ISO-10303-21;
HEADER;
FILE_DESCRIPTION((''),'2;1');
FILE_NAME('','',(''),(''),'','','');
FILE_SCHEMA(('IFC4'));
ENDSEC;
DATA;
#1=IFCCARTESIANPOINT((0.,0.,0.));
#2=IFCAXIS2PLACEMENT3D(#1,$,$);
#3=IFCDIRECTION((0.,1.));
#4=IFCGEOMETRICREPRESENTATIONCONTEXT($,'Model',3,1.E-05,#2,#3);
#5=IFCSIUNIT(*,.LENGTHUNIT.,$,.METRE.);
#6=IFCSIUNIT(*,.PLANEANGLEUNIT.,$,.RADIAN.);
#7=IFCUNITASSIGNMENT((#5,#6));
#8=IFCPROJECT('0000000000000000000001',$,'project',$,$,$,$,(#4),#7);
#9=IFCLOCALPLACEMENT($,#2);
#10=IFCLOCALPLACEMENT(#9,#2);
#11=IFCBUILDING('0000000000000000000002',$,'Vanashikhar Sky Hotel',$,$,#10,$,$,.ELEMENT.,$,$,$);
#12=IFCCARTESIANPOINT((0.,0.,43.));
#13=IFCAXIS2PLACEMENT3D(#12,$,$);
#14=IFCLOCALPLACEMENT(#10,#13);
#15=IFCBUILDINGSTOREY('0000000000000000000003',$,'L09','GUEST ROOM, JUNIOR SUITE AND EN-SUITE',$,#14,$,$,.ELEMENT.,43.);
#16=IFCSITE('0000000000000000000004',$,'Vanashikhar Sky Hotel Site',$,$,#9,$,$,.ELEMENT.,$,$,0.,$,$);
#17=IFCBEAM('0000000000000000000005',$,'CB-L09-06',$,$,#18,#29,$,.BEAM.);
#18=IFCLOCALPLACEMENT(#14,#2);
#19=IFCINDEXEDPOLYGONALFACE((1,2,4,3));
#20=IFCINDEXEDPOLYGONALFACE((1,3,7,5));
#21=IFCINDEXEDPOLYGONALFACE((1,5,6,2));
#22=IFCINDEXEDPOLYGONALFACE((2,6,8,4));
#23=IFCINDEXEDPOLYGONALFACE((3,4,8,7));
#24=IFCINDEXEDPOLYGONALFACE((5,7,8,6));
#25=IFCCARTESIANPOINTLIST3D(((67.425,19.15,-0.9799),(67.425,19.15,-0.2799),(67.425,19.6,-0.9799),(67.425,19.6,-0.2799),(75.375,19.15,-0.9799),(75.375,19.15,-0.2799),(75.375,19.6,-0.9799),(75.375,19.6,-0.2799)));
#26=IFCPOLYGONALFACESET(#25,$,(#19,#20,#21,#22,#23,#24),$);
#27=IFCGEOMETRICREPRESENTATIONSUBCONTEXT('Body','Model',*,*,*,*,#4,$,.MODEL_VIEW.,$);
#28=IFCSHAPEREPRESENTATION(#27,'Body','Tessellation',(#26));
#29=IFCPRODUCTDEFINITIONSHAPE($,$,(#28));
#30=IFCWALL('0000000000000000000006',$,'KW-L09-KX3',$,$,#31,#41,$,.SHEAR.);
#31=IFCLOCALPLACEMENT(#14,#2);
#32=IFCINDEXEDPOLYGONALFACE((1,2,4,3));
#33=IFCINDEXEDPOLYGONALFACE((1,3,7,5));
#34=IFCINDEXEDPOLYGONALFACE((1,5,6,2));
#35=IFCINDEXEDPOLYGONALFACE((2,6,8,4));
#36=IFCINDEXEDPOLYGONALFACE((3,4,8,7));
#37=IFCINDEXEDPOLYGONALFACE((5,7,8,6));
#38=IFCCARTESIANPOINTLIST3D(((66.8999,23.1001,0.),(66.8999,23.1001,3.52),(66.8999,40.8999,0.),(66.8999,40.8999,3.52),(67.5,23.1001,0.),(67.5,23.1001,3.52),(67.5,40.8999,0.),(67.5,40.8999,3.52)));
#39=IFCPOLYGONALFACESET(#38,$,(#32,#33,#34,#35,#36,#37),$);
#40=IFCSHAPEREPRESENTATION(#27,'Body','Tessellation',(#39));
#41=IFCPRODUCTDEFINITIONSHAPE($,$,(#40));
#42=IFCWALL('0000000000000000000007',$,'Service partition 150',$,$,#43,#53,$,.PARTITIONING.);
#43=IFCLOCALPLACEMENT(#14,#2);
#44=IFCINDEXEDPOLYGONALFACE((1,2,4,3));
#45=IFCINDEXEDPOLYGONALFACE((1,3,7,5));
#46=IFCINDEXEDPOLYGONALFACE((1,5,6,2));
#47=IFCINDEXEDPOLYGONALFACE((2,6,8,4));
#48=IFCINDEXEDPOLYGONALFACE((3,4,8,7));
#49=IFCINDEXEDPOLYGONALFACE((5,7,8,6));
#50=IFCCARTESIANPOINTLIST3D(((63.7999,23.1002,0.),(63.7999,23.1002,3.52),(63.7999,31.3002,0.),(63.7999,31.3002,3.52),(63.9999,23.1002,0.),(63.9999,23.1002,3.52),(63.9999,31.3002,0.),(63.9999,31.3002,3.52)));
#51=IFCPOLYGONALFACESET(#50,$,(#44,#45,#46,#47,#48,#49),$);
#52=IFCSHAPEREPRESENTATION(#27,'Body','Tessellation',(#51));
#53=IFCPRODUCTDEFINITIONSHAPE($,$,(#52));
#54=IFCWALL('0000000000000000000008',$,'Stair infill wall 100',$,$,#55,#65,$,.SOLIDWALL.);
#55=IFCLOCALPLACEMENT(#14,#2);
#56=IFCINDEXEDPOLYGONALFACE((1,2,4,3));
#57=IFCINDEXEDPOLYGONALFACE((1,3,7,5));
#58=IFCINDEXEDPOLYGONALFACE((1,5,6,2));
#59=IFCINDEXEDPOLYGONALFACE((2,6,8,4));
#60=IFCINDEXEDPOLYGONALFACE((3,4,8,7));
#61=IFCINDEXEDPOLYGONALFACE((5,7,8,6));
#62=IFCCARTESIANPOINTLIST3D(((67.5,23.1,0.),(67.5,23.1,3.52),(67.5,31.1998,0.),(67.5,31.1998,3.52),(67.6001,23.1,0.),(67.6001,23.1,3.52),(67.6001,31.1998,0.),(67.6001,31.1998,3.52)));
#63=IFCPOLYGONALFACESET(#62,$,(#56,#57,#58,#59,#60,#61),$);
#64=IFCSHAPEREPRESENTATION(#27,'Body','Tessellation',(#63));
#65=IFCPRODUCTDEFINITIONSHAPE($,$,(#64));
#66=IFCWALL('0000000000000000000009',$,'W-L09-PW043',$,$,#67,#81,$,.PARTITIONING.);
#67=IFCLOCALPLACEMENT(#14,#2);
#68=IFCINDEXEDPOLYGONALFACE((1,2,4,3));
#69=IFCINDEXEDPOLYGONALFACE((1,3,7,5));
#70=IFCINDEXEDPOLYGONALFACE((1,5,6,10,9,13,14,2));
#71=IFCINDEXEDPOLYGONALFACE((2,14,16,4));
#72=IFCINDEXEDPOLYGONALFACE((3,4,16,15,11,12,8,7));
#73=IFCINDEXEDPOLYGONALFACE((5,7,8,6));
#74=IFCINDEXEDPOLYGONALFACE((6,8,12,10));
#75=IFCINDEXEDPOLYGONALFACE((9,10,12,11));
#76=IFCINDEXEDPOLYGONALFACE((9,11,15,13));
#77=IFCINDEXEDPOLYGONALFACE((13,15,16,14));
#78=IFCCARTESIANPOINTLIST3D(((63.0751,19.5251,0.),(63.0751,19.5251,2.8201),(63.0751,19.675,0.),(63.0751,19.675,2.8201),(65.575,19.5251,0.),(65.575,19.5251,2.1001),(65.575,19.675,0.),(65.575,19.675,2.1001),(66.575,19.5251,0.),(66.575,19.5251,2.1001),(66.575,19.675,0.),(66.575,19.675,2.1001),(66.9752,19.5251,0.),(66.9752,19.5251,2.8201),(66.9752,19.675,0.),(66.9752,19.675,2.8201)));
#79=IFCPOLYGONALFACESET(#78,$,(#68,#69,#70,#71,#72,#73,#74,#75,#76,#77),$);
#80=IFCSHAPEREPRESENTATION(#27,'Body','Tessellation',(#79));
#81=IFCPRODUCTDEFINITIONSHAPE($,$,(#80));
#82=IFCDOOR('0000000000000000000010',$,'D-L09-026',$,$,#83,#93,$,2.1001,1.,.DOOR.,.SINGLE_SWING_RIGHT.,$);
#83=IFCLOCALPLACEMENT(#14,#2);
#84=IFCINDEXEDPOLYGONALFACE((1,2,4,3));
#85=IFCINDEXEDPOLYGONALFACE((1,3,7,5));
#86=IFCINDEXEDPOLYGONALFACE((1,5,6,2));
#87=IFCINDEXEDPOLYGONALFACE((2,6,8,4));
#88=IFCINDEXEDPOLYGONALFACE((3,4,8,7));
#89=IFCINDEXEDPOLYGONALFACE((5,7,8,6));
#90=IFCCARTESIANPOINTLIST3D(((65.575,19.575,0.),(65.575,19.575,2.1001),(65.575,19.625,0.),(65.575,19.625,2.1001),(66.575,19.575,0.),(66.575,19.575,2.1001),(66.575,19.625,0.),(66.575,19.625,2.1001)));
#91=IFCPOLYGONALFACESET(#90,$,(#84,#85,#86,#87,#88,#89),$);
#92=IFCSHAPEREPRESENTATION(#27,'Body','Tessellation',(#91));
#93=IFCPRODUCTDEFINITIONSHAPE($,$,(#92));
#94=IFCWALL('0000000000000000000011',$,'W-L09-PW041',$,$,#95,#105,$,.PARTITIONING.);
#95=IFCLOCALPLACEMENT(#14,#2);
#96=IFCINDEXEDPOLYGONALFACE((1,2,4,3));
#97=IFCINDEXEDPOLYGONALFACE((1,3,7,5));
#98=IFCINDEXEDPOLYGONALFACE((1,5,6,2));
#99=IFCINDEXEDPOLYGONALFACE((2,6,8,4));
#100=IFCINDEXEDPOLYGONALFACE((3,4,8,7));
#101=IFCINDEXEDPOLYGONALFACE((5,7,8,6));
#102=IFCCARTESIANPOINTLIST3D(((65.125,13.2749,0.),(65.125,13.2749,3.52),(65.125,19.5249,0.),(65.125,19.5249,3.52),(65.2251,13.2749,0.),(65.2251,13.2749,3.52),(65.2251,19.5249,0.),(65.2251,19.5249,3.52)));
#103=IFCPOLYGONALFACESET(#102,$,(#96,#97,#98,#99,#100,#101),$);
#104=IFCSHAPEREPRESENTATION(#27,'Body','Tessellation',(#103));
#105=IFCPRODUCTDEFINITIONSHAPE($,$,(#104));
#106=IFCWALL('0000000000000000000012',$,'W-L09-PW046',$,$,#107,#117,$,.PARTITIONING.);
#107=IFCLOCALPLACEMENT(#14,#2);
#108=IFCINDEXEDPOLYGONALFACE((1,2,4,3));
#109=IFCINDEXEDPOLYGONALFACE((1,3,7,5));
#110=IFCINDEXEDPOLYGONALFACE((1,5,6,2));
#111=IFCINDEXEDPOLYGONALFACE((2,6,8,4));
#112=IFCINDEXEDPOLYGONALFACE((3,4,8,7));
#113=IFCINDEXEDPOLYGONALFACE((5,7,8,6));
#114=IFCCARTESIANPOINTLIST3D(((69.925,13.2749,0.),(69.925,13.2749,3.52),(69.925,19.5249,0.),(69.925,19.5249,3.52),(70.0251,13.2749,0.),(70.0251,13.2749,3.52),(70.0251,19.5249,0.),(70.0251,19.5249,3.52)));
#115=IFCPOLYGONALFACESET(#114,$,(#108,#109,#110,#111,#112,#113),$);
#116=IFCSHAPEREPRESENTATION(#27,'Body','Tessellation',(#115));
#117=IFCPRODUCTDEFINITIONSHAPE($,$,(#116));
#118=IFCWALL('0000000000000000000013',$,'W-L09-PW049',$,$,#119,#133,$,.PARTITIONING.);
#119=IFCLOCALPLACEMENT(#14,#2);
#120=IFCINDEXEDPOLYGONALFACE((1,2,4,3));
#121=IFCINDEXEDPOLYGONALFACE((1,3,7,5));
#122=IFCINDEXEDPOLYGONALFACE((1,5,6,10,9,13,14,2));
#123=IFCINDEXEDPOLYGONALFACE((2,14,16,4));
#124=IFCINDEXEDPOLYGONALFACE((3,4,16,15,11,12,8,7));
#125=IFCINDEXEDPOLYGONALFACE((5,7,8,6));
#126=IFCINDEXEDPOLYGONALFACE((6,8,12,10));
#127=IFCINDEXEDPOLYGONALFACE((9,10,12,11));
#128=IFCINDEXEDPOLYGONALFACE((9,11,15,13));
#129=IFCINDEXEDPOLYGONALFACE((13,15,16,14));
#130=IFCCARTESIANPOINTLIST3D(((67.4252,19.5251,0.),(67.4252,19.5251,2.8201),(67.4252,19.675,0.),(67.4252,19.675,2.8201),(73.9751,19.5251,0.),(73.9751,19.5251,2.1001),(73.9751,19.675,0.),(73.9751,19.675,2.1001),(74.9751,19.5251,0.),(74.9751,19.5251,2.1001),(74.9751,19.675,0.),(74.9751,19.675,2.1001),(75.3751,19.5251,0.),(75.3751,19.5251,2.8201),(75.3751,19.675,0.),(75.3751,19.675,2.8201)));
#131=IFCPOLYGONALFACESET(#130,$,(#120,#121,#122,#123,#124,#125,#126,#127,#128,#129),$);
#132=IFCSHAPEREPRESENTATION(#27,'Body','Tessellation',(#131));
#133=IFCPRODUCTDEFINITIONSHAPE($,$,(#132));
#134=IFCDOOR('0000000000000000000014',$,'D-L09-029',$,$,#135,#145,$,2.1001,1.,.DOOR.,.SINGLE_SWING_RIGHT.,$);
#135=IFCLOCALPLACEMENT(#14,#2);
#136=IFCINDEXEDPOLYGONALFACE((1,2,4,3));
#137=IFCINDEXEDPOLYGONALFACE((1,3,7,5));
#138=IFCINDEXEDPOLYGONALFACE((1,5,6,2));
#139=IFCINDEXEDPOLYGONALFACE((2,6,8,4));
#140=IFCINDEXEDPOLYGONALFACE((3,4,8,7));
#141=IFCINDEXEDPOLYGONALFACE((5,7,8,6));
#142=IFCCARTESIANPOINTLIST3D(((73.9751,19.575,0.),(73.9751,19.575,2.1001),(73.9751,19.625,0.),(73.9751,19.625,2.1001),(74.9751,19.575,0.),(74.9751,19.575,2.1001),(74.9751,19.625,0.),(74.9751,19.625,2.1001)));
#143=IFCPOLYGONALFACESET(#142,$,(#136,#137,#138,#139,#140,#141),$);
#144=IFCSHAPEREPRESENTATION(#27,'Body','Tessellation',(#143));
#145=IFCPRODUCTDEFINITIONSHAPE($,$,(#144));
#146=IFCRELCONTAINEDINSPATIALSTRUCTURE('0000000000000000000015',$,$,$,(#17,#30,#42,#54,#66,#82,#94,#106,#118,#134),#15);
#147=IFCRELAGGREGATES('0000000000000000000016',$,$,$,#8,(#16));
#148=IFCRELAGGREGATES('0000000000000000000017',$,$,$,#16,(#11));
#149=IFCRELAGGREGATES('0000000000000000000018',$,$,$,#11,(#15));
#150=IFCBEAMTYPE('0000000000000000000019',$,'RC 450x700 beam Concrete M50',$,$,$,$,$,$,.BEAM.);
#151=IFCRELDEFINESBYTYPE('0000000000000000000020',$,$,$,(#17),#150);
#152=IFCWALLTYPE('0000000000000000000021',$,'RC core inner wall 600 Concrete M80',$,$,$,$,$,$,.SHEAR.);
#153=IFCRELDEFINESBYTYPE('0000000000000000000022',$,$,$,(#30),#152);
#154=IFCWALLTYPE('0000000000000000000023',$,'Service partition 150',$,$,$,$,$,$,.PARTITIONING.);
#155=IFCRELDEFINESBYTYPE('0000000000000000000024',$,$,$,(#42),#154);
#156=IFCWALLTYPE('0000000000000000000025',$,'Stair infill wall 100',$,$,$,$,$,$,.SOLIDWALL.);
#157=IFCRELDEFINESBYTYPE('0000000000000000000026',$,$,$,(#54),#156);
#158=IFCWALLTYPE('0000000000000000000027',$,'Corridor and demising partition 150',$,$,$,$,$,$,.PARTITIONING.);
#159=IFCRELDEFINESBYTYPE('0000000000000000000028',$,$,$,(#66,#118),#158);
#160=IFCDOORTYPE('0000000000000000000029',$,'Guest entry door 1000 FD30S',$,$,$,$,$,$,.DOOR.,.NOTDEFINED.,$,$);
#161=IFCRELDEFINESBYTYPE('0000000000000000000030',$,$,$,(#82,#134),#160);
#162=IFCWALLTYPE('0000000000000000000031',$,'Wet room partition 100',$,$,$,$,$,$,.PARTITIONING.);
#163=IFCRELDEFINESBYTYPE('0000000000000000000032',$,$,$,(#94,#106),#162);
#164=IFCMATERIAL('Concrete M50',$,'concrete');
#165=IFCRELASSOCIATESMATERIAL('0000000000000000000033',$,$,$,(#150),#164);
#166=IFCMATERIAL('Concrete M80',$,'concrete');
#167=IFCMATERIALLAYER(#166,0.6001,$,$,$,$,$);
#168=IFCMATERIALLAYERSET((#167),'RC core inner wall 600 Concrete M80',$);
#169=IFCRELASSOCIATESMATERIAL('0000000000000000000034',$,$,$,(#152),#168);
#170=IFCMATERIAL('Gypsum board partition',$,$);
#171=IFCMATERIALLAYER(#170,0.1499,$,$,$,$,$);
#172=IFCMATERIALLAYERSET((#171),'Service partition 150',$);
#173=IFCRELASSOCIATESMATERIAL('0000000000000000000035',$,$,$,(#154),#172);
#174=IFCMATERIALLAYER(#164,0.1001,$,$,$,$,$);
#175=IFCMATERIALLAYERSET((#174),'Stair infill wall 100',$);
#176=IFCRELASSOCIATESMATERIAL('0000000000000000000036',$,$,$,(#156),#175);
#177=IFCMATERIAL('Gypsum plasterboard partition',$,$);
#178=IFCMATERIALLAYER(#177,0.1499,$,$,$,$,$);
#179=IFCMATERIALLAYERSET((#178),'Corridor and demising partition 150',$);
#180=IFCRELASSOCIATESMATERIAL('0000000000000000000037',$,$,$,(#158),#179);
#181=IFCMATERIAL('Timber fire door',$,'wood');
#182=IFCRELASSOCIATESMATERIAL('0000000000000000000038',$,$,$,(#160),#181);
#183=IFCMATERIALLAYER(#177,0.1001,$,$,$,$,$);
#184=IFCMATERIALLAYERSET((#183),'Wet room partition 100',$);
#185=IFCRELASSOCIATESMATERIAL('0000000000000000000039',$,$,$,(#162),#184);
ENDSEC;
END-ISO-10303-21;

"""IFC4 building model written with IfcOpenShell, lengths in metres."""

from ifc_helpers import new_model, si_unit, direction, frame, frame_2d, origin, origin_2d, place, context, subcontext, project, spatial, rectangle, extrude, source, transform, mapped, material, layer, layer_set, material_profile, profile_set, type_object, element, fill, save


model = new_model("IFC4")

# Units and contexts
model_context = context("Model", 3, precision=1e-05, world=origin(), true_north=direction((0.0, 1.0)))
body_context = subcontext(model_context, "Body", "Model", "MODEL_VIEW")
ifc_project = project(units=[si_unit("LENGTHUNIT", "METRE"), si_unit("PLANEANGLEUNIT", "RADIAN")], contexts=[model_context])

# Site, building, storey
site_placement = place(None, origin())
site = spatial("IfcSite", under=ifc_project, at=site_placement, Name="Vanashikhar Sky Hotel Site", CompositionType="ELEMENT", RefElevation=0.0)
building_placement = place(site_placement, origin())
building = spatial("IfcBuilding", under=site, at=building_placement, Name="Vanashikhar Sky Hotel", CompositionType="ELEMENT")
storey_placement = place(building_placement, frame((0.0, 0.0, 43.0)))
storey = spatial("IfcBuildingStorey", under=building, at=storey_placement, Name="L09", Description="GUEST ROOM, JUNIOR SUITE AND EN-SUITE", CompositionType="ELEMENT", Elevation=43.0)

# Beam
ifc_material_1 = material(Name="Concrete M50", Category="concrete")
ifc_material_profile = material_profile(ifc_material_1, rectangle(XDim=0.45, YDim=0.7, at=origin_2d()))
ifc_profile_set = profile_set([ifc_material_profile], Name="RC 450x700 beam Concrete M50")
beam_type = type_object("IfcBeamType", Name="RC 450x700 beam Concrete M50", PredefinedType="BEAM", material=ifc_profile_set)
shared_shape_1 = source(origin(), body_context, "Body", "SweptSolid", [
    extrude(rectangle(XDim=0.45, YDim=0.7, at=origin_2d()), origin(), (0.0, 0.0, 1.0), 7.95),
])
beam_placement = place(storey_placement, frame((67.425, 19.375, -0.6299), z_axis=(1.0, 0.0, 0.0), x_axis=(0.0, 1.0, 0.0)))
element("IfcBeam", 1, at=beam_placement, inside=storey, type_object=beam_type, Name="CB-L09-06", PredefinedType="BEAM", context=body_context, shape_type="MappedRepresentation", body=[
    mapped(shared_shape_1, transform((0.0, 0.0, 0.0), scale=1.0)),
])

# Walls
ifc_material_2 = material(Name="Concrete M80", Category="concrete")
ifc_layer_1 = layer(ifc_material_2, 0.6001)
ifc_layer_set_1 = layer_set([ifc_layer_1], Name="RC core inner wall 600 Concrete M80")
wall_type_1 = type_object("IfcWallType", Name="RC core inner wall 600 Concrete M80", PredefinedType="SHEAR", material=ifc_layer_set_1)
shared_shape_2 = source(origin(), body_context, "Body", "SweptSolid", [
    extrude(rectangle(XDim=17.7998, YDim=0.6001, at=frame_2d((8.8999, 0.0))), origin(), (0.0, 0.0, 1.0), 3.52),
])
wall_1_placement = place(storey_placement, frame((67.2, 23.1001, 0.0), z_axis=(0.0, 0.0, 1.0), x_axis=(0.0, 1.0, 0.0)))
element("IfcWall", 2, at=wall_1_placement, inside=storey, type_object=wall_type_1, Name="KW-L09-KX3", PredefinedType="SHEAR", context=body_context, shape_type="MappedRepresentation", body=[
    mapped(shared_shape_2, transform((0.0, 0.0, 0.0), scale=1.0)),
])
ifc_material_3 = material(Name="Gypsum board partition")
ifc_layer_2 = layer(ifc_material_3, 0.1499)
ifc_layer_set_2 = layer_set([ifc_layer_2], Name="Service partition 150")
wall_type_2 = type_object("IfcWallType", Name="Service partition 150", PredefinedType="PARTITIONING", material=ifc_layer_set_2)
shared_shape_3 = source(origin(), body_context, "Body", "SweptSolid", [
    extrude(rectangle(XDim=8.2, YDim=0.2, at=frame_2d((4.1001, 0.0))), origin(), (0.0, 0.0, 1.0), 3.52),
])
wall_2_placement = place(storey_placement, frame((63.8999, 23.1001, 0.0), z_axis=(0.0, 0.0, 1.0), x_axis=(0.0, 1.0, 0.0)))
element("IfcWall", 3, at=wall_2_placement, inside=storey, type_object=wall_type_2, Name="Service partition 150", PredefinedType="PARTITIONING", context=body_context, shape_type="MappedRepresentation", body=[
    mapped(shared_shape_3, transform((0.0, 0.0, 0.0), scale=1.0)),
])
ifc_layer_3 = layer(ifc_material_1, 0.1001)
ifc_layer_set_3 = layer_set([ifc_layer_3], Name="Stair infill wall 100")
wall_type_3 = type_object("IfcWallType", Name="Stair infill wall 100", PredefinedType="SOLIDWALL", material=ifc_layer_set_3)
shared_shape_4 = source(origin(), body_context, "Body", "SweptSolid", [
    extrude(rectangle(XDim=8.0999, YDim=0.1001, at=frame_2d((4.0498, 0.0))), origin(), (0.0, 0.0, 1.0), 3.52),
])
wall_3_placement = place(storey_placement, frame((67.55, 23.1001, 0.0), z_axis=(0.0, 0.0, 1.0), x_axis=(0.0, 1.0, 0.0)))
element("IfcWall", 4, at=wall_3_placement, inside=storey, type_object=wall_type_3, Name="Stair infill wall 100", PredefinedType="SOLIDWALL", context=body_context, shape_type="MappedRepresentation", body=[
    mapped(shared_shape_4, transform((0.0, 0.0, 0.0), scale=1.0)),
])

# Wall, opening, door
ifc_material_4 = material(Name="Gypsum plasterboard partition")
ifc_layer_4 = layer(ifc_material_4, 0.1499)
ifc_layer_set_4 = layer_set([ifc_layer_4], Name="Corridor and demising partition 150")
wall_type_4 = type_object("IfcWallType", Name="Corridor and demising partition 150", PredefinedType="PARTITIONING", material=ifc_layer_set_4)
shared_shape_5 = source(origin(), body_context, "Body", "SweptSolid", [
    extrude(rectangle(XDim=3.9001, YDim=0.1499, at=frame_2d((1.9502, 0.0))), origin(), (0.0, 0.0, 1.0), 2.8201),
])
wall_4_placement = place(storey_placement, frame((63.075, 19.6001, 0.0), z_axis=(0.0, 0.0, 1.0), x_axis=(1.0, 0.0, 0.0)))
wall_4 = element("IfcWall", 5, at=wall_4_placement, inside=storey, type_object=wall_type_4, Name="W-L09-PW043", PredefinedType="PARTITIONING", context=body_context, shape_type="MappedRepresentation", body=[
    mapped(shared_shape_5, transform((0.0, 0.0, 0.0), scale=1.0)),
])
shared_shape_6 = source(origin(), body_context, "Body", "SweptSolid", [
    extrude(rectangle(XDim=1.0, YDim=2.1001, at=frame_2d((0.5, 1.05))), frame((0.0, 0.085, 0.0), z_axis=(0.0, -1.0, 0.0), x_axis=(1.0, 0.0, 0.0)), (0.0, 0.0, 1.0), 0.1699),
])
opening_1_placement = place(wall_4_placement, frame((2.5, 0.0, 0.0)))
opening_1 = element("IfcOpeningElement", 6, at=opening_1_placement, cuts=wall_4, PredefinedType="OPENING", context=body_context, shape_type="MappedRepresentation", body=[
    mapped(shared_shape_6, transform((0.0, 0.0, 0.0), scale=1.0)),
])
ifc_material_5 = material(Name="Timber fire door", Category="wood")
door_type = type_object("IfcDoorType", Name="Guest entry door 1000 FD30S", OperationType="NOTDEFINED", PredefinedType="DOOR", material=ifc_material_5)
shared_shape_7 = source(origin(), body_context, "Body", "SweptSolid", [
    extrude(rectangle(XDim=1.0, YDim=2.1001, at=frame_2d((0.5, 1.05))), frame((0.0, 0.0249, 0.0), z_axis=(0.0, -1.0, 0.0), x_axis=(1.0, 0.0, 0.0)), (0.0, 0.0, 1.0), 0.05),
])
door_1_placement = place(opening_1_placement, origin())
door_1 = element("IfcDoor", 7, at=door_1_placement, inside=storey, type_object=door_type, Name="D-L09-026", OperationType="SINGLE_SWING_RIGHT", OverallHeight=2.1001, OverallWidth=1.0, PredefinedType="DOOR", context=body_context, shape_type="MappedRepresentation", body=[
    mapped(shared_shape_7, transform((0.0, 0.0, 0.0), scale=1.0)),
])
fill(opening_1, door_1)

# Walls
ifc_layer_5 = layer(ifc_material_4, 0.1001)
ifc_layer_set_5 = layer_set([ifc_layer_5], Name="Wet room partition 100")
wall_type_5 = type_object("IfcWallType", Name="Wet room partition 100", PredefinedType="PARTITIONING", material=ifc_layer_set_5)
shared_shape_8 = source(origin(), body_context, "Body", "SweptSolid", [
    extrude(rectangle(XDim=6.25, YDim=0.1001, at=frame_2d((3.125, 0.0))), origin(), (0.0, 0.0, 1.0), 3.52),
])
for number, where, z_axis, x_axis, name in (
    (8, (65.175, 13.2749, 0.0), (0.0, 0.0, 1.0), (0.0, 1.0, 0.0), "W-L09-PW041"),
    (9, (69.9751, 13.2749, 0.0), (0.0, 0.0, 1.0), (0.0, 1.0, 0.0), "W-L09-PW046"),
):
    element("IfcWall", number, at=place(storey_placement, frame(where, z_axis=z_axis, x_axis=x_axis)), inside=storey, type_object=wall_type_5, Name=name, PredefinedType="PARTITIONING", context=body_context, shape_type="MappedRepresentation", body=[
        mapped(shared_shape_8, transform((0.0, 0.0, 0.0), scale=1.0)),
    ])

# Wall, opening, door
shared_shape_9 = source(origin(), body_context, "Body", "SweptSolid", [
    extrude(rectangle(XDim=7.95, YDim=0.1499, at=frame_2d((3.9751, 0.0))), origin(), (0.0, 0.0, 1.0), 2.8201),
])
wall_5_placement = place(storey_placement, frame((67.425, 19.6001, 0.0), z_axis=(0.0, 0.0, 1.0), x_axis=(1.0, 0.0, 0.0)))
wall_5 = element("IfcWall", 10, at=wall_5_placement, inside=storey, type_object=wall_type_4, Name="W-L09-PW049", PredefinedType="PARTITIONING", context=body_context, shape_type="MappedRepresentation", body=[
    mapped(shared_shape_9, transform((0.0, 0.0, 0.0), scale=1.0)),
])
opening_2_placement = place(wall_5_placement, frame((6.55, 0.0, 0.0)))
opening_2 = element("IfcOpeningElement", 11, at=opening_2_placement, cuts=wall_5, PredefinedType="OPENING", context=body_context, shape_type="MappedRepresentation", body=[
    mapped(shared_shape_6, transform((0.0, 0.0, 0.0), scale=1.0)),
])
door_2_placement = place(opening_2_placement, origin())
door_2 = element("IfcDoor", 12, at=door_2_placement, inside=storey, type_object=door_type, Name="D-L09-029", OperationType="SINGLE_SWING_RIGHT", OverallHeight=2.1001, OverallWidth=1.0, PredefinedType="DOOR", context=body_context, shape_type="MappedRepresentation", body=[
    mapped(shared_shape_7, transform((0.0, 0.0, 0.0), scale=1.0)),
])
fill(opening_2, door_2)

save(model, "model.ifc")
